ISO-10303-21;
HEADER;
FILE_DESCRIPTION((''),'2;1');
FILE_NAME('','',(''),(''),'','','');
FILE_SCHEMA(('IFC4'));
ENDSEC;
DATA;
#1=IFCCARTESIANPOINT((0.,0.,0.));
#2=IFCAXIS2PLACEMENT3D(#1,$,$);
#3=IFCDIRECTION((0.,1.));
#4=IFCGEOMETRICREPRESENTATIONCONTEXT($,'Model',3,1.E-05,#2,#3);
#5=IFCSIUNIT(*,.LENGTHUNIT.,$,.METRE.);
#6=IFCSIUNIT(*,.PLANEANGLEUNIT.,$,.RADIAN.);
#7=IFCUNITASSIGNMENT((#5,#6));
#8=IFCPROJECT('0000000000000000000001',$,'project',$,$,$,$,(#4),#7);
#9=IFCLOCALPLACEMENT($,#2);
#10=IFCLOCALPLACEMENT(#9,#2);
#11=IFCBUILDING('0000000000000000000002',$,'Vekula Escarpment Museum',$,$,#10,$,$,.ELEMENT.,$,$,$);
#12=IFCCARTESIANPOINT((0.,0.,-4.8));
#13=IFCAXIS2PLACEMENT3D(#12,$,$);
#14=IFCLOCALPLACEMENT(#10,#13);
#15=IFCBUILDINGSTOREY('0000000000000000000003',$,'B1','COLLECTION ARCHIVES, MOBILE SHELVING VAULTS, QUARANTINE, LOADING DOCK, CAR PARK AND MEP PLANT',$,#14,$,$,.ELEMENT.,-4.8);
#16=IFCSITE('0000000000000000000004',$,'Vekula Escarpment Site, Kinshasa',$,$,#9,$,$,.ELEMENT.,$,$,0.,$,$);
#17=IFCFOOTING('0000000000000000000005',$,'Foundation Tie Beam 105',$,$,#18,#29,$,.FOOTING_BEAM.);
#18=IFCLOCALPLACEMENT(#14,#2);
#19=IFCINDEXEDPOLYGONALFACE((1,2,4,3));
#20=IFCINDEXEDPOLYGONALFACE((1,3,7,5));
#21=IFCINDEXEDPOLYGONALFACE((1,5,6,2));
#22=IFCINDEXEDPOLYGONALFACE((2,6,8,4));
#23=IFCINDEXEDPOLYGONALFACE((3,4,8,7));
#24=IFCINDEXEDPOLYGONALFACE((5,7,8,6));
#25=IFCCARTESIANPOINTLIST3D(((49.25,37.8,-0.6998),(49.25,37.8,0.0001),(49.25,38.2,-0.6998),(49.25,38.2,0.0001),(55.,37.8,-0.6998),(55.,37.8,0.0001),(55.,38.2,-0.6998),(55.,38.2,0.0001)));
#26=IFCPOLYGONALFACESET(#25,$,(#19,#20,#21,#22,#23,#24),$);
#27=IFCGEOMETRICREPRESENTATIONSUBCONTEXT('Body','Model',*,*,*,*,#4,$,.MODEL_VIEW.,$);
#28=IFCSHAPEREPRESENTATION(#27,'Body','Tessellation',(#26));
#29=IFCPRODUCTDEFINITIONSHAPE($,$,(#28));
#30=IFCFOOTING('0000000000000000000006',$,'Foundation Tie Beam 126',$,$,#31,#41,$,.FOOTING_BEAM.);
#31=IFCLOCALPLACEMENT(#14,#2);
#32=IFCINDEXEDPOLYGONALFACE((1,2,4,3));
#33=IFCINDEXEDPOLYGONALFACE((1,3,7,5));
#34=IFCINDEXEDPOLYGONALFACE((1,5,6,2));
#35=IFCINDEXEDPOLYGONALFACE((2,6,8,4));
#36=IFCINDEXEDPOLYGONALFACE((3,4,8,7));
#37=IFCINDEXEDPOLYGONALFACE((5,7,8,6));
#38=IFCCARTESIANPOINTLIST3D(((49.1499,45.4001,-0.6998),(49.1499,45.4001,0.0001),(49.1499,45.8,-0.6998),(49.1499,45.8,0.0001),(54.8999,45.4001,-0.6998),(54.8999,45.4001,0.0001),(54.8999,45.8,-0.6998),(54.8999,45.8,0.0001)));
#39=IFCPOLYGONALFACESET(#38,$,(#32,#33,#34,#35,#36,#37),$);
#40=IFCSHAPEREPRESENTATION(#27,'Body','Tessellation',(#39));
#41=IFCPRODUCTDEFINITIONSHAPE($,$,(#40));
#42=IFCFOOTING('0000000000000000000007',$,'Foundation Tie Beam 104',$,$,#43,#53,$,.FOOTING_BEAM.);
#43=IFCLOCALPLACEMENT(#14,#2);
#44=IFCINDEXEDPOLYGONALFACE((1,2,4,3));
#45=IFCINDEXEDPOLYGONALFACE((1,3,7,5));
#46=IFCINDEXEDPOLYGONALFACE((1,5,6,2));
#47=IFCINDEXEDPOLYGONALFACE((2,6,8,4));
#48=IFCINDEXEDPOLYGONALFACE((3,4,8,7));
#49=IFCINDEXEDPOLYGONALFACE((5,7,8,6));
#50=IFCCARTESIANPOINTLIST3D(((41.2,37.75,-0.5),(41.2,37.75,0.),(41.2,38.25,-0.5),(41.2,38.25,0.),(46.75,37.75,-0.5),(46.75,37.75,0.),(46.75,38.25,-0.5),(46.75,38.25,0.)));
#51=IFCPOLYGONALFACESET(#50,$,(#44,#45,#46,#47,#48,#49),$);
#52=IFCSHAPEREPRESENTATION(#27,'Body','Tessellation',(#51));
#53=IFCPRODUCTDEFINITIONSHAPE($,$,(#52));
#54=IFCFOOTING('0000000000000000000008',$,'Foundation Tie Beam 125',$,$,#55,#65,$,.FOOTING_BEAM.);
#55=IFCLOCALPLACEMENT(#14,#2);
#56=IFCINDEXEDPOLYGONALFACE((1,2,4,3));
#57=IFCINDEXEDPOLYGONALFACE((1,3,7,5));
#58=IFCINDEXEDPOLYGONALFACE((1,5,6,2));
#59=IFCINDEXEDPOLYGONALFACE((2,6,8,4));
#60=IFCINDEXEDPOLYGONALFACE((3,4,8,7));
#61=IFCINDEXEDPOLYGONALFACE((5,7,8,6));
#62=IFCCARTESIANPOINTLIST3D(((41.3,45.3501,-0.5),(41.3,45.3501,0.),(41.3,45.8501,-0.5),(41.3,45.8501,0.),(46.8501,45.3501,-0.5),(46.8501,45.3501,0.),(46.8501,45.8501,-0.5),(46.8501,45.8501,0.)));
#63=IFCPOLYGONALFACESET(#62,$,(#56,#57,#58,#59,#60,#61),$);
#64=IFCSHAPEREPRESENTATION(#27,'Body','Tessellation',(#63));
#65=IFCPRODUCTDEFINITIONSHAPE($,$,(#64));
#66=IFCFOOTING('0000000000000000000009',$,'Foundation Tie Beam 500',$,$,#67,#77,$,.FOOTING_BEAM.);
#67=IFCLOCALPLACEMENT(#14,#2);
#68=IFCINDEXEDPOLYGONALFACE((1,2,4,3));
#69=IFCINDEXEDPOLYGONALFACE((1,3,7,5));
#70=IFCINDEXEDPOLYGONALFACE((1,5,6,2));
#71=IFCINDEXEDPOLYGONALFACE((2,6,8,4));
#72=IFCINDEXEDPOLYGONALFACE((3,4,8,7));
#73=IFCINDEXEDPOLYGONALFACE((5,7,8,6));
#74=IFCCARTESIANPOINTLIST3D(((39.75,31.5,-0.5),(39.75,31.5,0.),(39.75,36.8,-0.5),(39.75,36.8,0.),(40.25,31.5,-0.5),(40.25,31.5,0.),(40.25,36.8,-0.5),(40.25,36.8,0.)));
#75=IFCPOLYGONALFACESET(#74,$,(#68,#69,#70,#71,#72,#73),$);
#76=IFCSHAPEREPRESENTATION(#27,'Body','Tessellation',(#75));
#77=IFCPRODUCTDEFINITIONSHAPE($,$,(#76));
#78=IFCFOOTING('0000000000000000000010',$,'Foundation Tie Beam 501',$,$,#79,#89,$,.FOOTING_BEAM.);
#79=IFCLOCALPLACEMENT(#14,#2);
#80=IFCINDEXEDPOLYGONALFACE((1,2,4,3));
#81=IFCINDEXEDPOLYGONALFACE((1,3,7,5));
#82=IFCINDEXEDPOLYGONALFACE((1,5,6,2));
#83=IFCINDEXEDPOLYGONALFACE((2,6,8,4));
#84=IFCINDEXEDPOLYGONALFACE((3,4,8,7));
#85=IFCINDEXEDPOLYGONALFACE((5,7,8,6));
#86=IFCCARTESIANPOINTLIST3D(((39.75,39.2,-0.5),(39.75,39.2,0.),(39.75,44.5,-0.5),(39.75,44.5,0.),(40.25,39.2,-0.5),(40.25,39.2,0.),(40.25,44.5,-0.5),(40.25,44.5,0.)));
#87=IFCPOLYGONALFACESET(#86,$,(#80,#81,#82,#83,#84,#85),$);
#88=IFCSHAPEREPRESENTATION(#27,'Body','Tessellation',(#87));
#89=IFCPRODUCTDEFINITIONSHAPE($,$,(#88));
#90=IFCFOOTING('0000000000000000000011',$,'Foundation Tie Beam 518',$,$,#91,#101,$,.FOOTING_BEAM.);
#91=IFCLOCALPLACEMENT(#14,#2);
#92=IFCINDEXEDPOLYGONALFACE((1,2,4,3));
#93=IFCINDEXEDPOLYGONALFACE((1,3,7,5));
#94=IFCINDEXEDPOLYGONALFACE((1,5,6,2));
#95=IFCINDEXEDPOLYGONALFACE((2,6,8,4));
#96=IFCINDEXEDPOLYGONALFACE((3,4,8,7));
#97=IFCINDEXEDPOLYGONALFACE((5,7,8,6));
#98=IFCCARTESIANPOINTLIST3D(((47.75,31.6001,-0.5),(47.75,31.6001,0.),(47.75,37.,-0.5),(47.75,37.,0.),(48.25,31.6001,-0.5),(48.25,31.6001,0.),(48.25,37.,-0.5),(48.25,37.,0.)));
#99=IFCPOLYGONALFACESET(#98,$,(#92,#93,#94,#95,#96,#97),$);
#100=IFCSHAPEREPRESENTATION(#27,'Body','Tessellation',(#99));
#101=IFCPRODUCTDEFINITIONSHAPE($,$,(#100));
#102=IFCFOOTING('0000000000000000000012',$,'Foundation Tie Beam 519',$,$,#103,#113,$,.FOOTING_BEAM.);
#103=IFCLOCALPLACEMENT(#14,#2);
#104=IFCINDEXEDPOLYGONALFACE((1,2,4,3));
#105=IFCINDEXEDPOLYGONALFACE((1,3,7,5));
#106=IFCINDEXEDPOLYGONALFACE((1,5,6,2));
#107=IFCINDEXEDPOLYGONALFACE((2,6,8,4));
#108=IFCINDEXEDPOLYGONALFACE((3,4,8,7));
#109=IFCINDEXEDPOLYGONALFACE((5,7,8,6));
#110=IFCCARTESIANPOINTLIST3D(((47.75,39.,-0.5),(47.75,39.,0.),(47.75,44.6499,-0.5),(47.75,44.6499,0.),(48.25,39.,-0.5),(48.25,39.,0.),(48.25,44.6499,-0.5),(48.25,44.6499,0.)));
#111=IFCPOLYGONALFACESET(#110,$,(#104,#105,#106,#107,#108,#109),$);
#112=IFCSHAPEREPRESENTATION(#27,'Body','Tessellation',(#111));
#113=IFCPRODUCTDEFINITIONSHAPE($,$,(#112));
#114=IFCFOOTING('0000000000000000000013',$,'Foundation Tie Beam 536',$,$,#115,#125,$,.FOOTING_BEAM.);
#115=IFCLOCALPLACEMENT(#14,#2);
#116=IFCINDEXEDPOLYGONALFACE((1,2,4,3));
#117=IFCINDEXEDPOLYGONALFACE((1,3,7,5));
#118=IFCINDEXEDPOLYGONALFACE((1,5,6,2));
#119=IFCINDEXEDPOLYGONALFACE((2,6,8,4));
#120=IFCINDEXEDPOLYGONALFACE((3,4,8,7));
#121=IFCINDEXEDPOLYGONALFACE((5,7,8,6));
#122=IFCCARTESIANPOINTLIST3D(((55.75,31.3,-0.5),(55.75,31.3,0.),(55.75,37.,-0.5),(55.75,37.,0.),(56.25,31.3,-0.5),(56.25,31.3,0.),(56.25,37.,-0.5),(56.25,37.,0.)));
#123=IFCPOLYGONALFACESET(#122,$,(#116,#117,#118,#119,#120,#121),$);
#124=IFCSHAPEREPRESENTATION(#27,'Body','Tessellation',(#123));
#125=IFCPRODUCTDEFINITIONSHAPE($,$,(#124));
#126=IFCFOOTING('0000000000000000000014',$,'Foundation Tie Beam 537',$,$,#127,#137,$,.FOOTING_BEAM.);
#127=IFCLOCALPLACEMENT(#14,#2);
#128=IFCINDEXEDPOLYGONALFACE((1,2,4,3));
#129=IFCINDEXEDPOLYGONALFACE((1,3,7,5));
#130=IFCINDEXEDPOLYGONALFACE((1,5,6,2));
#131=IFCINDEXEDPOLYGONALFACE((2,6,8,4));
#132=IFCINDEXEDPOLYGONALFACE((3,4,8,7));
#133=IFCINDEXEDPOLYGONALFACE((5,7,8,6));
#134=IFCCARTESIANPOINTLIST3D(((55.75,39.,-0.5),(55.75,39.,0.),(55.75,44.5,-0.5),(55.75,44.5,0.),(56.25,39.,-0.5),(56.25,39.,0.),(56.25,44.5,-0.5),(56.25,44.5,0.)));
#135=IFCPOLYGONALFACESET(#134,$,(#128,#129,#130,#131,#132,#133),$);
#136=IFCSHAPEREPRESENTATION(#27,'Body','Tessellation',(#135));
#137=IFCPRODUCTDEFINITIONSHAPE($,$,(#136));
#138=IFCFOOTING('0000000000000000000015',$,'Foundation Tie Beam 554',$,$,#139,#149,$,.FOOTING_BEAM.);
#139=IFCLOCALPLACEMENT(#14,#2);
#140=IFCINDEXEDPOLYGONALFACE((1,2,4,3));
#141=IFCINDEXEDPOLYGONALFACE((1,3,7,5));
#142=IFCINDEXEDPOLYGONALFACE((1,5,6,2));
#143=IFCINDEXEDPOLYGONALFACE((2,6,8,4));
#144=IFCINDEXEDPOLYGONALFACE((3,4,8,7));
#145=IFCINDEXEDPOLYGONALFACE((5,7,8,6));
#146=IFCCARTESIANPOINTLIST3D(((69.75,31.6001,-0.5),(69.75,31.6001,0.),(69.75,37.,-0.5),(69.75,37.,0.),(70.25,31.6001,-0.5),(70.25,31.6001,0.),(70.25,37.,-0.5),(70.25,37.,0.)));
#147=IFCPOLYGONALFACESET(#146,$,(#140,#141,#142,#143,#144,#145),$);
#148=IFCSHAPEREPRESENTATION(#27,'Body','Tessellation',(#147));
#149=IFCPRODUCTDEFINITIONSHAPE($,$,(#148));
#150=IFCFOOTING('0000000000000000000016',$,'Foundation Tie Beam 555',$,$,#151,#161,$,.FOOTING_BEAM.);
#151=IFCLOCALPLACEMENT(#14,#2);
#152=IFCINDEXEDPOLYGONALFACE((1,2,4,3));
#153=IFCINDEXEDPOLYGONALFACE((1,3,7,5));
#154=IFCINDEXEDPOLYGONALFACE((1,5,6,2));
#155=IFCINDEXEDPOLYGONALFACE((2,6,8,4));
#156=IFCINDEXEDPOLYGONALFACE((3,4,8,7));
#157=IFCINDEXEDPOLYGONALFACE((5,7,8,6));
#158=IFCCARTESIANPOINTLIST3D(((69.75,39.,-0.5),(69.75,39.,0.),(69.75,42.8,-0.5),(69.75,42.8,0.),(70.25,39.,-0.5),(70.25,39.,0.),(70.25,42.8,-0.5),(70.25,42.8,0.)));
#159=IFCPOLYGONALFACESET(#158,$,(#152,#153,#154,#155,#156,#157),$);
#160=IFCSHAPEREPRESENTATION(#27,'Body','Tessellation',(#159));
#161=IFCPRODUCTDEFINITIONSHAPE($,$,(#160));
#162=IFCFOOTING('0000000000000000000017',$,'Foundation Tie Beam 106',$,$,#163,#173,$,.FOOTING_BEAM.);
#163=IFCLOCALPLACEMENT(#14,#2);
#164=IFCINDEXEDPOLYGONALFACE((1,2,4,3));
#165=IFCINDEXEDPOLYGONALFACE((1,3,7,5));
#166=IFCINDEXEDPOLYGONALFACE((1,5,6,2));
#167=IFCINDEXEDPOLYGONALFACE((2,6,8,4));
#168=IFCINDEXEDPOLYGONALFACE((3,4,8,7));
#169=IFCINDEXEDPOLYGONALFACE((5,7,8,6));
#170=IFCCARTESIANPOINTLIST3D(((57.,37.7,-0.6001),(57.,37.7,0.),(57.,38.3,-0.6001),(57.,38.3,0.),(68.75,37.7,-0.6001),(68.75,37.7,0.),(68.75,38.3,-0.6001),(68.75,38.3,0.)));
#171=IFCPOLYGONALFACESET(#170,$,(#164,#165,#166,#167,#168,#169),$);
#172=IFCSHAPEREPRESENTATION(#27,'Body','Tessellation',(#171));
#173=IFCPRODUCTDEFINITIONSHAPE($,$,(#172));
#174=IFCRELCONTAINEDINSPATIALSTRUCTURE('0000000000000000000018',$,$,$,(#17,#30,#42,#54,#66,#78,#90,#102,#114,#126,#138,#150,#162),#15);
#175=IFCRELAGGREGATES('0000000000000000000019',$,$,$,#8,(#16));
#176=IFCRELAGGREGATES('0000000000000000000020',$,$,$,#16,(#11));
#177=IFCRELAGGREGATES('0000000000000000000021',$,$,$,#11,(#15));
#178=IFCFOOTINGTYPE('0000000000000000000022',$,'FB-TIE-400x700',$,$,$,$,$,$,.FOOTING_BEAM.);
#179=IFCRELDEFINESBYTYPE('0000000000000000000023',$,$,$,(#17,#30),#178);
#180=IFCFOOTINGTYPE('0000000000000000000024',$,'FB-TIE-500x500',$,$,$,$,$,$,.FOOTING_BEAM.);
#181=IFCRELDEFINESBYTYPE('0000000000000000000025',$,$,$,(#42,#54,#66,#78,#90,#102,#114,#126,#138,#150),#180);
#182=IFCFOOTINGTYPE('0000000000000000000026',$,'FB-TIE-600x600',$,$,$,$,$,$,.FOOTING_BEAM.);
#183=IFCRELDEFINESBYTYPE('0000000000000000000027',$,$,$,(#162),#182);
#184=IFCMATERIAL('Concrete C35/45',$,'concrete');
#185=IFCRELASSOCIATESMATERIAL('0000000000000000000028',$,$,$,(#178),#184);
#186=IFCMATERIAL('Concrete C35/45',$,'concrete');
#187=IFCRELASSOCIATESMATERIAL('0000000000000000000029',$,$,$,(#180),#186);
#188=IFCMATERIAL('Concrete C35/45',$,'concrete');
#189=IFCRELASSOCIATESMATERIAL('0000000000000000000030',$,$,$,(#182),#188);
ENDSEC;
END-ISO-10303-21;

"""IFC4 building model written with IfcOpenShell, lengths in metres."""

from ifc_helpers import new_model, si_unit, direction, frame, origin, origin_2d, place, context, subcontext, project, spatial, rectangle, extrude, material, material_profile, profile_set, type_object, element, save


model = new_model("IFC4")

# Units and contexts
model_context = context("Model", 3, precision=1e-05, world=origin(), true_north=direction((0.0, 1.0)))
body_context = subcontext(model_context, "Body", "Model", "MODEL_VIEW")
ifc_project = project(units=[si_unit("LENGTHUNIT", "METRE"), si_unit("PLANEANGLEUNIT", "RADIAN")], contexts=[model_context])

# Site, building, storey
site_placement = place(None, origin())
site = spatial("IfcSite", under=ifc_project, at=site_placement, Name="Vekula Escarpment Site, Kinshasa", CompositionType="ELEMENT", RefElevation=0.0)
building_placement = place(site_placement, origin())
building = spatial("IfcBuilding", under=site, at=building_placement, Name="Vekula Escarpment Museum", CompositionType="ELEMENT")
storey_placement = place(building_placement, frame((0.0, 0.0, -4.8)))
storey = spatial("IfcBuildingStorey", under=building, at=storey_placement, Name="B1", Description="COLLECTION ARCHIVES, MOBILE SHELVING VAULTS, QUARANTINE, LOADING DOCK, CAR PARK AND MEP PLANT", CompositionType="ELEMENT", Elevation=-4.8)

# Footings
ifc_material_1 = material(Name="Concrete C35/45", Category="concrete")
ifc_material_profile_1 = material_profile(ifc_material_1, rectangle(XDim=0.3999, YDim=0.7, at=origin_2d()), Name="RC 400x700")
ifc_profile_set_1 = profile_set([ifc_material_profile_1], Name="Concrete C35/45")
footing_type_1 = type_object("IfcFootingType", Name="FB-TIE-400x700", PredefinedType="FOOTING_BEAM", material=ifc_profile_set_1)
for number, where, z_axis, x_axis, name in (
    (1, (49.25, 38.0, -0.3499), (1.0, 0.0, 0.0), (0.0, 1.0, 0.0), "Foundation Tie Beam 105"),
    (2, (49.1499, 45.6001, -0.3499), (1.0, 0.0, 0.0), (0.0, 1.0, 0.0), "Foundation Tie Beam 126"),
):
    element("IfcFooting", number, at=place(storey_placement, frame(where, z_axis=z_axis, x_axis=x_axis)), inside=storey, type_object=footing_type_1, Name=name, PredefinedType="FOOTING_BEAM", context=body_context, shape_type="SweptSolid", body=[
        extrude(rectangle(XDim=0.3999, YDim=0.7, at=origin_2d()), origin(), (0.0, 0.0, 1.0), 5.75),
    ])
ifc_material_2 = material(Name="Concrete C35/45", Category="concrete")
ifc_material_profile_2 = material_profile(ifc_material_2, rectangle(XDim=0.5, YDim=0.5, at=origin_2d()), Name="RC 500x500")
ifc_profile_set_2 = profile_set([ifc_material_profile_2], Name="Concrete C35/45")
footing_type_2 = type_object("IfcFootingType", Name="FB-TIE-500x500", PredefinedType="FOOTING_BEAM", material=ifc_profile_set_2)
for number, where, z_axis, x_axis, name in (
    (3, (41.2, 38.0, -0.25), (1.0, 0.0, 0.0), (0.0, 1.0, 0.0), "Foundation Tie Beam 104"),
    (4, (41.3, 45.6001, -0.25), (1.0, 0.0, 0.0), (0.0, 1.0, 0.0), "Foundation Tie Beam 125"),
):
    element("IfcFooting", number, at=place(storey_placement, frame(where, z_axis=z_axis, x_axis=x_axis)), inside=storey, type_object=footing_type_2, Name=name, PredefinedType="FOOTING_BEAM", context=body_context, shape_type="SweptSolid", body=[
        extrude(rectangle(XDim=0.5, YDim=0.5, at=origin_2d()), origin(), (0.0, 0.0, 1.0), 5.55),
    ])
for number, where, z_axis, x_axis, name in (
    (5, (40.0, 31.5, -0.25), (0.0, 1.0, 0.0), (-1.0, 0.0, 0.0), "Foundation Tie Beam 500"),
    (6, (40.0, 39.2, -0.25), (0.0, 1.0, 0.0), (-1.0, 0.0, 0.0), "Foundation Tie Beam 501"),
):
    element("IfcFooting", number, at=place(storey_placement, frame(where, z_axis=z_axis, x_axis=x_axis)), inside=storey, type_object=footing_type_2, Name=name, PredefinedType="FOOTING_BEAM", context=body_context, shape_type="SweptSolid", body=[
        extrude(rectangle(XDim=0.5, YDim=0.5, at=origin_2d()), origin(), (0.0, 0.0, 1.0), 5.3),
    ])
footing_1_placement = place(storey_placement, frame((48.0, 31.6001, -0.25), z_axis=(0.0, 1.0, 0.0), x_axis=(-1.0, 0.0, 0.0)))
element("IfcFooting", 7, at=footing_1_placement, inside=storey, type_object=footing_type_2, Name="Foundation Tie Beam 518", PredefinedType="FOOTING_BEAM", context=body_context, shape_type="SweptSolid", body=[
    extrude(rectangle(XDim=0.5, YDim=0.5, at=origin_2d()), origin(), (0.0, 0.0, 1.0), 5.3999),
])
footing_2_placement = place(storey_placement, frame((48.0, 39.0, -0.25), z_axis=(0.0, 1.0, 0.0), x_axis=(-1.0, 0.0, 0.0)))
element("IfcFooting", 8, at=footing_2_placement, inside=storey, type_object=footing_type_2, Name="Foundation Tie Beam 519", PredefinedType="FOOTING_BEAM", context=body_context, shape_type="SweptSolid", body=[
    extrude(rectangle(XDim=0.5, YDim=0.5, at=origin_2d()), origin(), (0.0, 0.0, 1.0), 5.6499),
])
footing_3_placement = place(storey_placement, frame((56.0, 31.3, -0.25), z_axis=(0.0, 1.0, 0.0), x_axis=(-1.0, 0.0, 0.0)))
element("IfcFooting", 9, at=footing_3_placement, inside=storey, type_object=footing_type_2, Name="Foundation Tie Beam 536", PredefinedType="FOOTING_BEAM", context=body_context, shape_type="SweptSolid", body=[
    extrude(rectangle(XDim=0.5, YDim=0.5, at=origin_2d()), origin(), (0.0, 0.0, 1.0), 5.7),
])
footing_4_placement = place(storey_placement, frame((56.0, 39.0, -0.25), z_axis=(0.0, 1.0, 0.0), x_axis=(-1.0, 0.0, 0.0)))
element("IfcFooting", 10, at=footing_4_placement, inside=storey, type_object=footing_type_2, Name="Foundation Tie Beam 537", PredefinedType="FOOTING_BEAM", context=body_context, shape_type="SweptSolid", body=[
    extrude(rectangle(XDim=0.5, YDim=0.5, at=origin_2d()), origin(), (0.0, 0.0, 1.0), 5.5),
])
footing_5_placement = place(storey_placement, frame((70.0, 31.6001, -0.25), z_axis=(0.0, 1.0, 0.0), x_axis=(-1.0, 0.0, 0.0)))
element("IfcFooting", 11, at=footing_5_placement, inside=storey, type_object=footing_type_2, Name="Foundation Tie Beam 554", PredefinedType="FOOTING_BEAM", context=body_context, shape_type="SweptSolid", body=[
    extrude(rectangle(XDim=0.5, YDim=0.5, at=origin_2d()), origin(), (0.0, 0.0, 1.0), 5.3999),
])
footing_6_placement = place(storey_placement, frame((70.0, 39.0, -0.25), z_axis=(0.0, 1.0, 0.0), x_axis=(-1.0, 0.0, 0.0)))
element("IfcFooting", 12, at=footing_6_placement, inside=storey, type_object=footing_type_2, Name="Foundation Tie Beam 555", PredefinedType="FOOTING_BEAM", context=body_context, shape_type="SweptSolid", body=[
    extrude(rectangle(XDim=0.5, YDim=0.5, at=origin_2d()), origin(), (0.0, 0.0, 1.0), 3.8),
])
ifc_material_3 = material(Name="Concrete C35/45", Category="concrete")
ifc_material_profile_3 = material_profile(ifc_material_3, rectangle(XDim=0.6001, YDim=0.6001, at=origin_2d()), Name="RC 600x600")
ifc_profile_set_3 = profile_set([ifc_material_profile_3], Name="Concrete C35/45")
footing_type_3 = type_object("IfcFootingType", Name="FB-TIE-600x600", PredefinedType="FOOTING_BEAM", material=ifc_profile_set_3)
footing_7_placement = place(storey_placement, frame((57.0, 38.0, -0.3), z_axis=(1.0, 0.0, 0.0), x_axis=(0.0, 1.0, 0.0)))
element("IfcFooting", 13, at=footing_7_placement, inside=storey, type_object=footing_type_3, Name="Foundation Tie Beam 106", PredefinedType="FOOTING_BEAM", context=body_context, shape_type="SweptSolid", body=[
    extrude(rectangle(XDim=0.6001, YDim=0.6001, at=origin_2d()), origin(), (0.0, 0.0, 1.0), 11.75),
])

save(model, "model.ifc")
